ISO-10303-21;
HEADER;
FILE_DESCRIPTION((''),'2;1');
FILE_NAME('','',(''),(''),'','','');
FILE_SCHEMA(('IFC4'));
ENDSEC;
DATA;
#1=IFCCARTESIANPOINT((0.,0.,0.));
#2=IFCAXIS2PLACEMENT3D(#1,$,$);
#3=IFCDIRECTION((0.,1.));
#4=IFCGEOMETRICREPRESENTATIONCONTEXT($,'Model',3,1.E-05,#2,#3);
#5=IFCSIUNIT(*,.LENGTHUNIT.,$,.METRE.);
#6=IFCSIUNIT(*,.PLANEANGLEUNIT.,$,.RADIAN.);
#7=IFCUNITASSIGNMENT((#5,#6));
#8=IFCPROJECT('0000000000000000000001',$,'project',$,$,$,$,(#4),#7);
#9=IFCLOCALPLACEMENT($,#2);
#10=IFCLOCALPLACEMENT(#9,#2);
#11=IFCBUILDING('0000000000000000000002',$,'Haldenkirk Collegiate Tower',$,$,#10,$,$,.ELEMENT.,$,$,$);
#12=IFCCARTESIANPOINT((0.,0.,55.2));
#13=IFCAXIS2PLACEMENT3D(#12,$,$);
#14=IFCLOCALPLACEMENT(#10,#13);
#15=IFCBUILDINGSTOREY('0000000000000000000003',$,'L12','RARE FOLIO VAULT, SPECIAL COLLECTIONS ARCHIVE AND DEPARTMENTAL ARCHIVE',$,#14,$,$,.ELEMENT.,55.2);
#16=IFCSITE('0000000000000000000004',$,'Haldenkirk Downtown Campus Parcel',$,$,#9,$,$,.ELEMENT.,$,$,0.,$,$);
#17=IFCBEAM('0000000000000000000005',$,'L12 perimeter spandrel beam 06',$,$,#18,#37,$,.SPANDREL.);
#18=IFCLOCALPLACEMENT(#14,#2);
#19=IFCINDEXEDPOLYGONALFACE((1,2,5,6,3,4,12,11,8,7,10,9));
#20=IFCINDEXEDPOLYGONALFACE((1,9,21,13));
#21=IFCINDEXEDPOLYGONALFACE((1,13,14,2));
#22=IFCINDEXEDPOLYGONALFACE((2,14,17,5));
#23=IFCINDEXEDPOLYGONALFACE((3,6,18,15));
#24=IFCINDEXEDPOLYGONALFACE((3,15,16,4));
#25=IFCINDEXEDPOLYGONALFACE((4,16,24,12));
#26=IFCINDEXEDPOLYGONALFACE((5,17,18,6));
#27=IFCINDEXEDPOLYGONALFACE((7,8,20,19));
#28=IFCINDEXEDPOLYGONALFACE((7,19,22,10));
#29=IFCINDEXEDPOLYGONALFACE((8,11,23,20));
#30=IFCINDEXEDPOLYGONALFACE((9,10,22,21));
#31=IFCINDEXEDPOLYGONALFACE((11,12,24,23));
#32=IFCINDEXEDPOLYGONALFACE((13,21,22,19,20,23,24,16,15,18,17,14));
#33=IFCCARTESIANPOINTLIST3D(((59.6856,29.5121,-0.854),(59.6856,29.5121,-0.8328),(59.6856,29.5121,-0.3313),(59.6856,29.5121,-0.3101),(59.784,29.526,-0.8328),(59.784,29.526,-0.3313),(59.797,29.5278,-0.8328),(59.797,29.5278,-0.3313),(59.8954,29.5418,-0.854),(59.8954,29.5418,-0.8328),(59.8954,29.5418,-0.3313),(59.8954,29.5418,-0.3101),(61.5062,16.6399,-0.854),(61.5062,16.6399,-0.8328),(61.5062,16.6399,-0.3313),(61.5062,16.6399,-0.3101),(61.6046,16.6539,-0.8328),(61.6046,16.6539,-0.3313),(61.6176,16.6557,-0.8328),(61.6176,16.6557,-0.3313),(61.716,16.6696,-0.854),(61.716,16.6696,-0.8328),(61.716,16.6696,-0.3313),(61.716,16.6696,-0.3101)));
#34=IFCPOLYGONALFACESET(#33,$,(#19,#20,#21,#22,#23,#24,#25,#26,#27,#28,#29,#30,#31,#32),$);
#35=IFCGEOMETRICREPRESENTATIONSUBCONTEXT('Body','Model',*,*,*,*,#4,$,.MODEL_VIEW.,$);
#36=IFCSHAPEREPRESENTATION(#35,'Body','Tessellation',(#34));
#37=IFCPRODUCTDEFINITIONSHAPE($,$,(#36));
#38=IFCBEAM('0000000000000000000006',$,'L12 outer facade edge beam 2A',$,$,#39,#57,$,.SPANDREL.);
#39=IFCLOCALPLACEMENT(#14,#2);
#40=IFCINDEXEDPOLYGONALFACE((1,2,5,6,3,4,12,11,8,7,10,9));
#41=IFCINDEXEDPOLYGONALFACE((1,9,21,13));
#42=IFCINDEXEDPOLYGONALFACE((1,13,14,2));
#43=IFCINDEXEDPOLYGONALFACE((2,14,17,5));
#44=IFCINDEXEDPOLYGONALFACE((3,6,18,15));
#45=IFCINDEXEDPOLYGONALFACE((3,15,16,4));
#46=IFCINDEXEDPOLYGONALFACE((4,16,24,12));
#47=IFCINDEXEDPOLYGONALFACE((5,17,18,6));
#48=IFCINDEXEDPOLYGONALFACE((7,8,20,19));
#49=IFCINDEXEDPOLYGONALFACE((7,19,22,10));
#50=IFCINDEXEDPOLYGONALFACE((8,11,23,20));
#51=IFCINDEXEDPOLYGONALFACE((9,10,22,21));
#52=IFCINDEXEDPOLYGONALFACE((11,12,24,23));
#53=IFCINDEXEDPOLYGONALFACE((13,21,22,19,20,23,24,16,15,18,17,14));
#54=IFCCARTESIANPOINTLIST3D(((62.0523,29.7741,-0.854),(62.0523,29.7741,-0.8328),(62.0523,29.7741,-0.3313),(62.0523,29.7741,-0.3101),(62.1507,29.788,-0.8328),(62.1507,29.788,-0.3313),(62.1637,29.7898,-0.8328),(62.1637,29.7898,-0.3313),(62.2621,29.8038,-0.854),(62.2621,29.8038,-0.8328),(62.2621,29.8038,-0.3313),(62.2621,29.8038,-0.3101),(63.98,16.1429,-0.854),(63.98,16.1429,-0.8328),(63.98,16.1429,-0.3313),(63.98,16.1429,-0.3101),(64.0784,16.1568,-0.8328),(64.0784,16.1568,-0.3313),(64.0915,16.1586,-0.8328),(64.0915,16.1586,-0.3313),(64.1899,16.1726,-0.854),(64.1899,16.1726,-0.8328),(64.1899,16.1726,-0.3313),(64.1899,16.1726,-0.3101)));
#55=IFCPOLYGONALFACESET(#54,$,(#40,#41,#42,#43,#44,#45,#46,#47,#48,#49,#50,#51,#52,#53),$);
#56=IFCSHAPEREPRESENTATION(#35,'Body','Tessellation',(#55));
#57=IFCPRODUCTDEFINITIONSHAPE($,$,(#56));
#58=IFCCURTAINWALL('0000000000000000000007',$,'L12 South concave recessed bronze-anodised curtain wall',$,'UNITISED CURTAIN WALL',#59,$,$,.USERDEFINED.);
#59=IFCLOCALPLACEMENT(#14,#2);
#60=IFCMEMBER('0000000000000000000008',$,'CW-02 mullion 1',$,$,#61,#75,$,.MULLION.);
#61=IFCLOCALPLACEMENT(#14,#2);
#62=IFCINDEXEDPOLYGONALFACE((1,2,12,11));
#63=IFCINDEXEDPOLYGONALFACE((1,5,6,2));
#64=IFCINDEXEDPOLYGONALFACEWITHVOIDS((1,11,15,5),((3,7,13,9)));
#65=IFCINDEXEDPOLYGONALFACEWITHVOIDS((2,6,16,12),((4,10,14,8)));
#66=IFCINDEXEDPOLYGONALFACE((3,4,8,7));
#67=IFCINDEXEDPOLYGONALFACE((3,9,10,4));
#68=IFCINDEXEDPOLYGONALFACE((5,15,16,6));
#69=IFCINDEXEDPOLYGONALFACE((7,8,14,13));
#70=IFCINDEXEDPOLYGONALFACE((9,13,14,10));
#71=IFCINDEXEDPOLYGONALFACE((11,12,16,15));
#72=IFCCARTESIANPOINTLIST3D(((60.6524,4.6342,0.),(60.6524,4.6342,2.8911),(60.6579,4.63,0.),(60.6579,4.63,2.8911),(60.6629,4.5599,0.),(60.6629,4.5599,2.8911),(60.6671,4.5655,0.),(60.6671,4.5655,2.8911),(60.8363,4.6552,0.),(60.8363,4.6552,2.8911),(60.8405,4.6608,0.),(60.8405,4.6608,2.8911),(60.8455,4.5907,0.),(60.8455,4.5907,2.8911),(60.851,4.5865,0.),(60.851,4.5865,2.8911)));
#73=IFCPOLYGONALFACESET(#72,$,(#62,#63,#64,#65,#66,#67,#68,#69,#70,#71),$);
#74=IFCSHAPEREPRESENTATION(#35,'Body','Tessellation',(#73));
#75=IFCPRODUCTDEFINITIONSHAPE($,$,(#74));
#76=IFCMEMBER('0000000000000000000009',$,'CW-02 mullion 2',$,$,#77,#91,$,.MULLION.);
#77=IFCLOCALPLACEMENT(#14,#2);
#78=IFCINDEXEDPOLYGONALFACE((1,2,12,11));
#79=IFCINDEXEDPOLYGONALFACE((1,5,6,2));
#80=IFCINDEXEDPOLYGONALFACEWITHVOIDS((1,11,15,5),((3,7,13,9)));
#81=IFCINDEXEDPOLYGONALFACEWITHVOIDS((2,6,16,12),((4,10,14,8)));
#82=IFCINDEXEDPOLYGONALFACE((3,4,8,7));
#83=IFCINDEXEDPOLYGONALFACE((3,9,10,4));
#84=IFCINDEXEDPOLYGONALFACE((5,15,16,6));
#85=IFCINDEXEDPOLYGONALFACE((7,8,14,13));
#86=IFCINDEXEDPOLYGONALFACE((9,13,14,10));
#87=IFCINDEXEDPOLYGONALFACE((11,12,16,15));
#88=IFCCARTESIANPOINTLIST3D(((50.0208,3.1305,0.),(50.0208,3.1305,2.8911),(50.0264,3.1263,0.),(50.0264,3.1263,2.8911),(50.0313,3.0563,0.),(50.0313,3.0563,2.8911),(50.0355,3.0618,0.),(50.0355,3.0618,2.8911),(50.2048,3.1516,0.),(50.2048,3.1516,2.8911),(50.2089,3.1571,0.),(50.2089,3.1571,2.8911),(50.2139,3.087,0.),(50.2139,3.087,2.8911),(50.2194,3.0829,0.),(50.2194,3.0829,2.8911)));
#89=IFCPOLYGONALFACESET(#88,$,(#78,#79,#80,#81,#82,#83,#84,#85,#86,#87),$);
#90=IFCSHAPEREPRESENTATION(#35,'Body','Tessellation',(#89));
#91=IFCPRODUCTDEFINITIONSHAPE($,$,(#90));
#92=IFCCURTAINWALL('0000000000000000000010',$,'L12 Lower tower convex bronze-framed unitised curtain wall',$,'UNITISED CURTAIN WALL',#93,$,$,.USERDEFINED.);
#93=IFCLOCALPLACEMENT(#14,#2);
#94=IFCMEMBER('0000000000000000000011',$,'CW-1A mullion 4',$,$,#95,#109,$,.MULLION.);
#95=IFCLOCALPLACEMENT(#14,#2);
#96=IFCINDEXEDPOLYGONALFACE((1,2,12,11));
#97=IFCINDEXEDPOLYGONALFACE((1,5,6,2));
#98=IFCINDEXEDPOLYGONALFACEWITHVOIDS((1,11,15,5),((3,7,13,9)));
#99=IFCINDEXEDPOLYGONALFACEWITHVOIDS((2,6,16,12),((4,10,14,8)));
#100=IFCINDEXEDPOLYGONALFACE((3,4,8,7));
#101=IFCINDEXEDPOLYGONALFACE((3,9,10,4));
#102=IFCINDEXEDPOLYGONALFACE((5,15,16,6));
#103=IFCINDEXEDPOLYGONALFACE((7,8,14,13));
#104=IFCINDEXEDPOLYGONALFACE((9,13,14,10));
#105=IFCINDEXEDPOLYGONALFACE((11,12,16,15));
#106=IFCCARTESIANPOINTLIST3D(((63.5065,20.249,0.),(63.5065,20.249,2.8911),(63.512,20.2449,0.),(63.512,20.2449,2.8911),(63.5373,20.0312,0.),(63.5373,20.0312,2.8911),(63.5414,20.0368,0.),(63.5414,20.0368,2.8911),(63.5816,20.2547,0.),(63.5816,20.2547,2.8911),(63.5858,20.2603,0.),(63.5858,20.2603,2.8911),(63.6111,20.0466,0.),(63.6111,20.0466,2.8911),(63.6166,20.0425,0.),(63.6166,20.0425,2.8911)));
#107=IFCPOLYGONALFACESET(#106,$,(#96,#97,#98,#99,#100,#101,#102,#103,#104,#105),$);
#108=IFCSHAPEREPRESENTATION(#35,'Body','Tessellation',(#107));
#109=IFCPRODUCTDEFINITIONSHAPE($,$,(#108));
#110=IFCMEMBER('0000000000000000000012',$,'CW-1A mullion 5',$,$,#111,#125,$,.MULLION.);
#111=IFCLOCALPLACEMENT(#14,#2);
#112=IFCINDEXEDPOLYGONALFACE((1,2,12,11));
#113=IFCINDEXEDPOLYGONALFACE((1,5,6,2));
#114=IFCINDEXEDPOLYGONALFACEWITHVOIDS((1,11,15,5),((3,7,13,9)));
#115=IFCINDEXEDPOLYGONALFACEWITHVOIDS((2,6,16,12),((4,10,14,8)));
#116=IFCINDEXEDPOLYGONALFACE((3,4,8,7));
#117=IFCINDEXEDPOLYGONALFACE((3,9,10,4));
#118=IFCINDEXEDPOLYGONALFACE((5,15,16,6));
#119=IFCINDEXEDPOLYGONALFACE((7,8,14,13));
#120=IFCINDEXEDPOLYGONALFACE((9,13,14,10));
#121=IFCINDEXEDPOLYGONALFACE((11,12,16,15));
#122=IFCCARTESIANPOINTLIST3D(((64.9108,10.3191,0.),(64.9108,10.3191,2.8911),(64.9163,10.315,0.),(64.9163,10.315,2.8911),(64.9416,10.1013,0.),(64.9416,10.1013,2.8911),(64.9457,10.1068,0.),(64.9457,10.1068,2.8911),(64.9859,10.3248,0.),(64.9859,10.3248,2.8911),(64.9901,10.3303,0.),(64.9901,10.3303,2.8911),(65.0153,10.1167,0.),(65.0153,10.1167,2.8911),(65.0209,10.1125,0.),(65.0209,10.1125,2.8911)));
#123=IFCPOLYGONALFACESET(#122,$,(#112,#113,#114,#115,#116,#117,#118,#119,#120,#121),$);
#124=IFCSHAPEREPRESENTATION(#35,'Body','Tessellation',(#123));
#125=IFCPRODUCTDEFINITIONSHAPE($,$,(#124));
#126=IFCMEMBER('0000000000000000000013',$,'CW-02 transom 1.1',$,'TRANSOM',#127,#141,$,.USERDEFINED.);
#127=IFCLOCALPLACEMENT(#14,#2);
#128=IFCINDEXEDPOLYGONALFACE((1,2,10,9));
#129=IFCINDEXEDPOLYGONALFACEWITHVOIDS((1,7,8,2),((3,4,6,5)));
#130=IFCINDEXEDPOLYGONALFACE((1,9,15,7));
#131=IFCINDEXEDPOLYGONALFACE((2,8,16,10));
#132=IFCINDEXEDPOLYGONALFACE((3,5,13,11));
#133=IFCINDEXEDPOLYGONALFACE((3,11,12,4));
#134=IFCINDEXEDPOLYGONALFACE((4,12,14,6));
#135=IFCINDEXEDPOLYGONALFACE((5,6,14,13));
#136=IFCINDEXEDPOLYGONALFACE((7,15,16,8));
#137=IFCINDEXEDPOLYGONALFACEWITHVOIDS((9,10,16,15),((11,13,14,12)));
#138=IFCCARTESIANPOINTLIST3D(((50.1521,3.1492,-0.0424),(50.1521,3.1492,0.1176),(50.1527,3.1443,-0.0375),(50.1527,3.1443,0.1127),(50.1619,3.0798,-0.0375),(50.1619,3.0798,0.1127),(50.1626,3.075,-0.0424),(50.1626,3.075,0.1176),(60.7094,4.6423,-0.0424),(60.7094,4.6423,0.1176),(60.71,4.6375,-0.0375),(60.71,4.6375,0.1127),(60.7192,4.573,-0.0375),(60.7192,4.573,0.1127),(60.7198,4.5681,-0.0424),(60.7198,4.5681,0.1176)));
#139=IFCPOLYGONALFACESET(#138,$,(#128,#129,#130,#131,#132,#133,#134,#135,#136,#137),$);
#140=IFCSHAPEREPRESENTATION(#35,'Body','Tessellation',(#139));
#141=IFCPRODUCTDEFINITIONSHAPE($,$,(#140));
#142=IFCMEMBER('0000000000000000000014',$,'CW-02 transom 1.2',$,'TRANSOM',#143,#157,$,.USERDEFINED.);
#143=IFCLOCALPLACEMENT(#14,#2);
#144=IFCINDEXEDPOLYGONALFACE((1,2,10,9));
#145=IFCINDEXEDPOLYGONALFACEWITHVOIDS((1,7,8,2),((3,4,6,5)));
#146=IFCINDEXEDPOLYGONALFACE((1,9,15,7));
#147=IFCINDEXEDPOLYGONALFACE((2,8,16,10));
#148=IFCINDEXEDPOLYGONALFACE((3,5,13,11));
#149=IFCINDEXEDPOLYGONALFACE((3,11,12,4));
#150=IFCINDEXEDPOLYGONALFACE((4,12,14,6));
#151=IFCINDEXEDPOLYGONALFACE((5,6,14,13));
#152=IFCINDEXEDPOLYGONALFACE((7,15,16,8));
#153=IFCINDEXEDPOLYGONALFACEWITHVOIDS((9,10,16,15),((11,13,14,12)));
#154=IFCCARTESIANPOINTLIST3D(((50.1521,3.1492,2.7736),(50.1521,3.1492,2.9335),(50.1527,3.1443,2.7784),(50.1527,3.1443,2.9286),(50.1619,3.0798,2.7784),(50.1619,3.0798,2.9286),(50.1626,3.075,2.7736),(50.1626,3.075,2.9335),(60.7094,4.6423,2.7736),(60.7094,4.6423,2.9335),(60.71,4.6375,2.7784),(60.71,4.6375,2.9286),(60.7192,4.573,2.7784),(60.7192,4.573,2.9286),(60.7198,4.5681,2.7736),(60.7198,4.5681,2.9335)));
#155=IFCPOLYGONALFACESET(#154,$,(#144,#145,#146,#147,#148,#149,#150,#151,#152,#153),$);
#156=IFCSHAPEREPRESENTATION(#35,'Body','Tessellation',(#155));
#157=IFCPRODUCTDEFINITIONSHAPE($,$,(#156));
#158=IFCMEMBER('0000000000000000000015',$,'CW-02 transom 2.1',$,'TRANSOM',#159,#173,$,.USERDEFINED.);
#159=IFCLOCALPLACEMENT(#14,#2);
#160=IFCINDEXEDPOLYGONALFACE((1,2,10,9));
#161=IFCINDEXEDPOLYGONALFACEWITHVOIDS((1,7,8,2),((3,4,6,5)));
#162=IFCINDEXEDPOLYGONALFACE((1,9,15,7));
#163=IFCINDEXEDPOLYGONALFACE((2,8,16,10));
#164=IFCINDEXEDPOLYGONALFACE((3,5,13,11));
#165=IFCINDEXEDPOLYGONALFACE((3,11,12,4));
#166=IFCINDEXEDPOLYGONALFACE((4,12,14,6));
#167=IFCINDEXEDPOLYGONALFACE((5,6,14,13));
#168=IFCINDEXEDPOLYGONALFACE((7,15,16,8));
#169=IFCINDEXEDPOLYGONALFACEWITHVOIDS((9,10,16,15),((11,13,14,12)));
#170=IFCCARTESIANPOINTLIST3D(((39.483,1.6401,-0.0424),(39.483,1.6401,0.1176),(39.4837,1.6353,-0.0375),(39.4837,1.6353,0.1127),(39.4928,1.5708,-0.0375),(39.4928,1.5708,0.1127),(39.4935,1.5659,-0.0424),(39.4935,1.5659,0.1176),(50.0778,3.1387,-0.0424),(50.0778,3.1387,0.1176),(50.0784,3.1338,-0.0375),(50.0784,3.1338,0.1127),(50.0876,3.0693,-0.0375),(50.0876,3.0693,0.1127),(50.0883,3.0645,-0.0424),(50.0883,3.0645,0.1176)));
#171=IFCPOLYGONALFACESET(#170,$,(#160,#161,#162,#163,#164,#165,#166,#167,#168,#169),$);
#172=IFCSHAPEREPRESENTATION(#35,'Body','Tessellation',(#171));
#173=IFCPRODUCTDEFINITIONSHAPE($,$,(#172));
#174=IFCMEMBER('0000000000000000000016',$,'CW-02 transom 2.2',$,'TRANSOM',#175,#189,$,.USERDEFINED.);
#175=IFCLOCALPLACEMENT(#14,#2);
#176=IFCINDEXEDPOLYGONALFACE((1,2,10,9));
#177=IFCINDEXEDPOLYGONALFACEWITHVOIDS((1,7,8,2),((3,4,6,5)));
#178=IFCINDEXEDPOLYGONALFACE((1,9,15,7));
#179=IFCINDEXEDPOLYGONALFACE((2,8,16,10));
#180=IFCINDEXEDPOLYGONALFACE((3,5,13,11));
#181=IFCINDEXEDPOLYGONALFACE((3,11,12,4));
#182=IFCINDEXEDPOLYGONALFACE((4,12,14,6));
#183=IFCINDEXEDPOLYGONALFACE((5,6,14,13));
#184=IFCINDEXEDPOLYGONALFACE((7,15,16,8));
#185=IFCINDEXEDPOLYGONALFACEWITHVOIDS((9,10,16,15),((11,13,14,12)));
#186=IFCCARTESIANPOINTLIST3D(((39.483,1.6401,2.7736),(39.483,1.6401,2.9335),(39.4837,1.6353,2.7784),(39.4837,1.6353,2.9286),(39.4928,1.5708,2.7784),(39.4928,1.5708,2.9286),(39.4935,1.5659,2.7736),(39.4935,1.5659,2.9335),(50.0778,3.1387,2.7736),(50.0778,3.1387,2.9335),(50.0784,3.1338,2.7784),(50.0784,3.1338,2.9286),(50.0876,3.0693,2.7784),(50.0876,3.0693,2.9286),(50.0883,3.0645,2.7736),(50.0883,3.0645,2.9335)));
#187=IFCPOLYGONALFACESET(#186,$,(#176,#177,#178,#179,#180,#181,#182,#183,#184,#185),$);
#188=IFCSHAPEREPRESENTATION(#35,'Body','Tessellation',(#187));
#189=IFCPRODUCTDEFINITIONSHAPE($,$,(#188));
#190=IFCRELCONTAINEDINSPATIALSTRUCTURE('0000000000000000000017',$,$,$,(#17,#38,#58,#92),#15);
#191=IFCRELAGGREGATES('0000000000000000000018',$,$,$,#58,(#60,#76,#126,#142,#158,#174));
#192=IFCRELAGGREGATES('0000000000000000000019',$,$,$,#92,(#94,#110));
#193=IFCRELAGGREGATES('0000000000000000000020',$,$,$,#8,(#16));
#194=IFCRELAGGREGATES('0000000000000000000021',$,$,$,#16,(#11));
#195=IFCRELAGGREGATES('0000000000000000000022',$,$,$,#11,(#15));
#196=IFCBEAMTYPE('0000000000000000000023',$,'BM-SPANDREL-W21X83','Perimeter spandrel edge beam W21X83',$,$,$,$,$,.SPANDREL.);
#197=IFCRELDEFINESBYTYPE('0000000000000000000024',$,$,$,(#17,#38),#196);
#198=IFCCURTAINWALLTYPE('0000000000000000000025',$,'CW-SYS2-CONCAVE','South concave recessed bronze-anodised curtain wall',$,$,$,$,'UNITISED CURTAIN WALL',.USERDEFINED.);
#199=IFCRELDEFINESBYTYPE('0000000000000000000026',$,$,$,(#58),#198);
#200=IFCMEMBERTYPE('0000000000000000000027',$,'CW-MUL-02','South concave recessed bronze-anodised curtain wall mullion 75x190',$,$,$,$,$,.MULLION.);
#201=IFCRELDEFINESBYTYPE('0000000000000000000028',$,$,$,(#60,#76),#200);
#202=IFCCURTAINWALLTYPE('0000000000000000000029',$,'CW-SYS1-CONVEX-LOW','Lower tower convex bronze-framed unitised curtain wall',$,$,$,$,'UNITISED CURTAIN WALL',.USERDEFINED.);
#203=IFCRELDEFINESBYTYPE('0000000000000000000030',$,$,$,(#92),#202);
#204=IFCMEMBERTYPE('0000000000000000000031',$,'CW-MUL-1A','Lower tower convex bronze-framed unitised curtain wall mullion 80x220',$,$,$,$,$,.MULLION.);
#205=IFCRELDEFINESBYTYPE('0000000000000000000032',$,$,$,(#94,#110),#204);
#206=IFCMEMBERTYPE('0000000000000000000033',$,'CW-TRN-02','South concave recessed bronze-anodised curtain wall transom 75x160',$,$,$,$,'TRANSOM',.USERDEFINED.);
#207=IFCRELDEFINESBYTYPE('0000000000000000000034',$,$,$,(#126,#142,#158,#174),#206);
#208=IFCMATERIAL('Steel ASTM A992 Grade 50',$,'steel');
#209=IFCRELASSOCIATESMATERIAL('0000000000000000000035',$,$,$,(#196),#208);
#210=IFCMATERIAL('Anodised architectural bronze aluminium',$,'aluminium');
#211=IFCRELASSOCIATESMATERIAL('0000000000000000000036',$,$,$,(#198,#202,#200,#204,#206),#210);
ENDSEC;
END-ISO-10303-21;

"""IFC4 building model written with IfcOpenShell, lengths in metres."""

from ifc_helpers import new_model, si_unit, direction, frame, origin, origin_2d, place, context, subcontext, project, spatial, hollow_rectangle, i_section, extrude, material, material_profile, profile_set, type_object, element, aggregate, save


model = new_model("IFC4")

# Units and contexts
model_context = context("Model", 3, precision=1e-05, world=origin(), true_north=direction((0.0, 1.0)))
body_context = subcontext(model_context, "Body", "Model", "MODEL_VIEW")
ifc_project = project(units=[si_unit("LENGTHUNIT", "METRE"), si_unit("PLANEANGLEUNIT", "RADIAN")], contexts=[model_context])

# Site, building, storey
site_placement = place(None, origin())
site = spatial("IfcSite", under=ifc_project, at=site_placement, Name="Haldenkirk Downtown Campus Parcel", CompositionType="ELEMENT", RefElevation=0.0)
building_placement = place(site_placement, origin())
building = spatial("IfcBuilding", under=site, at=building_placement, Name="Haldenkirk Collegiate Tower", CompositionType="ELEMENT")
storey_placement = place(building_placement, frame((0.0, 0.0, 55.2)))
storey = spatial("IfcBuildingStorey", under=building, at=storey_placement, Name="L12", Description="RARE FOLIO VAULT, SPECIAL COLLECTIONS ARCHIVE AND DEPARTMENTAL ARCHIVE", CompositionType="ELEMENT", Elevation=55.2)

# Beams
ifc_material_1 = material(Name="Steel ASTM A992 Grade 50", Category="steel")
ifc_material_profile_1 = material_profile(ifc_material_1, i_section(OverallWidth=0.2119, OverallDepth=0.5439, WebThickness=0.0132, FlangeThickness=0.0212, at=origin_2d()), Name="W21X83")
ifc_profile_set_1 = profile_set([ifc_material_profile_1], Name="Steel ASTM A992 Grade 50")
beam_type_1 = type_object("IfcBeamType", Name="BM-SPANDREL-W21X83", Description="Perimeter spandrel edge beam W21X83", PredefinedType="SPANDREL", material=ifc_profile_set_1)
beam_1_placement = place(storey_placement, frame((61.6111, 16.6548, -0.582), z_axis=(-0.140041, 0.990146, 0.0), x_axis=(-0.990146, -0.140041, 0.0)))
element("IfcBeam", 1, at=beam_1_placement, inside=storey, type_object=beam_type_1, Name="L12 perimeter spandrel beam 06", PredefinedType="SPANDREL", context=body_context, shape_type="SweptSolid", body=[
    extrude(i_section(OverallWidth=0.2119, OverallDepth=0.5439, WebThickness=0.0132, FlangeThickness=0.0212, at=origin_2d()), origin(), (0.0, 0.0, 1.0), 13.0002),
])
beam_2_placement = place(storey_placement, frame((64.085, 16.1577, -0.582), z_axis=(-0.140028, 0.990147, 0.0), x_axis=(-0.990147, -0.140028, 0.0)))
element("IfcBeam", 2, at=beam_2_placement, inside=storey, type_object=beam_type_1, Name="L12 outer facade edge beam 2A", PredefinedType="SPANDREL", context=body_context, shape_type="SweptSolid", body=[
    extrude(i_section(OverallWidth=0.2119, OverallDepth=0.5439, WebThickness=0.0132, FlangeThickness=0.0212, at=origin_2d()), origin(), (0.0, 0.0, 1.0), 13.7668),
])

# Curtain walls, members
ifc_material_2 = material(Name="Anodised architectural bronze aluminium", Category="aluminium")
curtain_wall_type_1 = type_object("IfcCurtainWallType", Name="CW-SYS2-CONCAVE", Description="South concave recessed bronze-anodised curtain wall", ElementType="UNITISED CURTAIN WALL", PredefinedType="USERDEFINED", material=ifc_material_2)
curtain_wall_1_placement = place(storey_placement, origin())
curtain_wall_1 = element("IfcCurtainWall", 3, at=curtain_wall_1_placement, inside=storey, type_object=curtain_wall_type_1, Name="L12 South concave recessed bronze-anodised curtain wall", ObjectType="UNITISED CURTAIN WALL", PredefinedType="USERDEFINED")
ifc_material_profile_2 = material_profile(ifc_material_2, hollow_rectangle(XDim=0.075, YDim=0.1899, WallThickness=0.0049, at=origin_2d()), Name="CW-MUL-02")
ifc_profile_set_2 = profile_set([ifc_material_profile_2], Name="Anodised architectural bronze aluminium")
member_type_1 = type_object("IfcMemberType", Name="CW-MUL-02", Description="South concave recessed bronze-anodised curtain wall mullion 75x190", PredefinedType="MULLION", material=ifc_profile_set_2)
member_1_placement = place(storey_placement, frame((60.7517, 4.6104, 0.0), z_axis=(0.0, 0.0, 1.0), x_axis=(0.140039, -0.990146, 0.0)))
member_1 = element("IfcMember", 4, at=member_1_placement, type_object=member_type_1, Name="CW-02 mullion 1", PredefinedType="MULLION", context=body_context, shape_type="SweptSolid", body=[
    extrude(hollow_rectangle(XDim=0.075, YDim=0.1899, WallThickness=0.0049, at=origin_2d()), origin(), (0.0, 0.0, 1.0), 2.8911),
])
member_2_placement = place(storey_placement, frame((50.1201, 3.1067, 0.0), z_axis=(0.0, 0.0, 1.0), x_axis=(0.140039, -0.990146, 0.0)))
member_2 = element("IfcMember", 5, at=member_2_placement, type_object=member_type_1, Name="CW-02 mullion 2", PredefinedType="MULLION", context=body_context, shape_type="SweptSolid", body=[
    extrude(hollow_rectangle(XDim=0.075, YDim=0.1899, WallThickness=0.0049, at=origin_2d()), origin(), (0.0, 0.0, 1.0), 2.8911),
])
curtain_wall_type_2 = type_object("IfcCurtainWallType", Name="CW-SYS1-CONVEX-LOW", Description="Lower tower convex bronze-framed unitised curtain wall", ElementType="UNITISED CURTAIN WALL", PredefinedType="USERDEFINED", material=ifc_material_2)
curtain_wall_2_placement = place(storey_placement, origin())
curtain_wall_2 = element("IfcCurtainWall", 6, at=curtain_wall_2_placement, inside=storey, type_object=curtain_wall_type_2, Name="L12 Lower tower convex bronze-framed unitised curtain wall", ObjectType="UNITISED CURTAIN WALL", PredefinedType="USERDEFINED")
ifc_material_profile_3 = material_profile(ifc_material_2, hollow_rectangle(XDim=0.0801, YDim=0.22, WallThickness=0.0049, at=origin_2d()), Name="CW-MUL-1A")
ifc_profile_set_3 = profile_set([ifc_material_profile_3], Name="Anodised architectural bronze aluminium")
member_type_2 = type_object("IfcMemberType", Name="CW-MUL-1A", Description="Lower tower convex bronze-framed unitised curtain wall mullion 80x220", PredefinedType="MULLION", material=ifc_profile_set_3)
member_3_placement = place(storey_placement, frame((63.5615, 20.1458, 0.0), z_axis=(0.0, 0.0, 1.0), x_axis=(0.990146, 0.140039, 0.0)))
member_3 = element("IfcMember", 7, at=member_3_placement, type_object=member_type_2, Name="CW-1A mullion 4", PredefinedType="MULLION", context=body_context, shape_type="SweptSolid", body=[
    extrude(hollow_rectangle(XDim=0.0801, YDim=0.22, WallThickness=0.0049, at=origin_2d()), origin(), (0.0, 0.0, 1.0), 2.8911),
])
member_4_placement = place(storey_placement, frame((64.9658, 10.2158, 0.0), z_axis=(0.0, 0.0, 1.0), x_axis=(0.990146, 0.140039, 0.0)))
member_4 = element("IfcMember", 8, at=member_4_placement, type_object=member_type_2, Name="CW-1A mullion 5", PredefinedType="MULLION", context=body_context, shape_type="SweptSolid", body=[
    extrude(hollow_rectangle(XDim=0.0801, YDim=0.22, WallThickness=0.0049, at=origin_2d()), origin(), (0.0, 0.0, 1.0), 2.8911),
])

# Members
ifc_material_profile_4 = material_profile(ifc_material_2, hollow_rectangle(XDim=0.075, YDim=0.1599, WallThickness=0.0049, at=origin_2d()), Name="CW-TRN-02")
ifc_profile_set_4 = profile_set([ifc_material_profile_4], Name="Anodised architectural bronze aluminium")
member_type_3 = type_object("IfcMemberType", Name="CW-TRN-02", Description="South concave recessed bronze-anodised curtain wall transom 75x160", ElementType="TRANSOM", PredefinedType="USERDEFINED", material=ifc_profile_set_4)
member_5_placement = place(storey_placement, frame((60.7146, 4.6052, 0.0376), z_axis=(-0.990146, -0.14004, 0.0), x_axis=(0.14004, -0.990146, 0.0)))
member_5 = element("IfcMember", 9, at=member_5_placement, type_object=member_type_3, Name="CW-02 transom 1.1", ObjectType="TRANSOM", PredefinedType="USERDEFINED", context=body_context, shape_type="SweptSolid", body=[
    extrude(hollow_rectangle(XDim=0.075, YDim=0.1599, WallThickness=0.0049, at=origin_2d()), origin(), (0.0, 0.0, 1.0), 10.6624),
])
member_6_placement = place(storey_placement, frame((60.7146, 4.6052, 2.8535), z_axis=(-0.990146, -0.14004, 0.0), x_axis=(0.14004, -0.990146, 0.0)))
member_6 = element("IfcMember", 10, at=member_6_placement, type_object=member_type_3, Name="CW-02 transom 1.2", ObjectType="TRANSOM", PredefinedType="USERDEFINED", context=body_context, shape_type="SweptSolid", body=[
    extrude(hollow_rectangle(XDim=0.075, YDim=0.1599, WallThickness=0.0049, at=origin_2d()), origin(), (0.0, 0.0, 1.0), 10.6624),
])
member_7_placement = place(storey_placement, frame((50.083, 3.1016, 0.0376), z_axis=(-0.990145, -0.140048, 0.0), x_axis=(0.140048, -0.990145, 0.0)))
member_7 = element("IfcMember", 11, at=member_7_placement, type_object=member_type_3, Name="CW-02 transom 2.1", ObjectType="TRANSOM", PredefinedType="USERDEFINED", context=body_context, shape_type="SweptSolid", body=[
    extrude(hollow_rectangle(XDim=0.075, YDim=0.1599, WallThickness=0.0049, at=origin_2d()), origin(), (0.0, 0.0, 1.0), 10.7002),
])
member_8_placement = place(storey_placement, frame((50.083, 3.1016, 2.8535), z_axis=(-0.990145, -0.140048, 0.0), x_axis=(0.140048, -0.990145, 0.0)))
member_8 = element("IfcMember", 12, at=member_8_placement, type_object=member_type_3, Name="CW-02 transom 2.2", ObjectType="TRANSOM", PredefinedType="USERDEFINED", context=body_context, shape_type="SweptSolid", body=[
    extrude(hollow_rectangle(XDim=0.075, YDim=0.1599, WallThickness=0.0049, at=origin_2d()), origin(), (0.0, 0.0, 1.0), 10.7002),
])

aggregate(curtain_wall_1, [member_1, member_2, member_5, member_6, member_7, member_8])
aggregate(curtain_wall_2, [member_3, member_4])

save(model, "model.ifc")
